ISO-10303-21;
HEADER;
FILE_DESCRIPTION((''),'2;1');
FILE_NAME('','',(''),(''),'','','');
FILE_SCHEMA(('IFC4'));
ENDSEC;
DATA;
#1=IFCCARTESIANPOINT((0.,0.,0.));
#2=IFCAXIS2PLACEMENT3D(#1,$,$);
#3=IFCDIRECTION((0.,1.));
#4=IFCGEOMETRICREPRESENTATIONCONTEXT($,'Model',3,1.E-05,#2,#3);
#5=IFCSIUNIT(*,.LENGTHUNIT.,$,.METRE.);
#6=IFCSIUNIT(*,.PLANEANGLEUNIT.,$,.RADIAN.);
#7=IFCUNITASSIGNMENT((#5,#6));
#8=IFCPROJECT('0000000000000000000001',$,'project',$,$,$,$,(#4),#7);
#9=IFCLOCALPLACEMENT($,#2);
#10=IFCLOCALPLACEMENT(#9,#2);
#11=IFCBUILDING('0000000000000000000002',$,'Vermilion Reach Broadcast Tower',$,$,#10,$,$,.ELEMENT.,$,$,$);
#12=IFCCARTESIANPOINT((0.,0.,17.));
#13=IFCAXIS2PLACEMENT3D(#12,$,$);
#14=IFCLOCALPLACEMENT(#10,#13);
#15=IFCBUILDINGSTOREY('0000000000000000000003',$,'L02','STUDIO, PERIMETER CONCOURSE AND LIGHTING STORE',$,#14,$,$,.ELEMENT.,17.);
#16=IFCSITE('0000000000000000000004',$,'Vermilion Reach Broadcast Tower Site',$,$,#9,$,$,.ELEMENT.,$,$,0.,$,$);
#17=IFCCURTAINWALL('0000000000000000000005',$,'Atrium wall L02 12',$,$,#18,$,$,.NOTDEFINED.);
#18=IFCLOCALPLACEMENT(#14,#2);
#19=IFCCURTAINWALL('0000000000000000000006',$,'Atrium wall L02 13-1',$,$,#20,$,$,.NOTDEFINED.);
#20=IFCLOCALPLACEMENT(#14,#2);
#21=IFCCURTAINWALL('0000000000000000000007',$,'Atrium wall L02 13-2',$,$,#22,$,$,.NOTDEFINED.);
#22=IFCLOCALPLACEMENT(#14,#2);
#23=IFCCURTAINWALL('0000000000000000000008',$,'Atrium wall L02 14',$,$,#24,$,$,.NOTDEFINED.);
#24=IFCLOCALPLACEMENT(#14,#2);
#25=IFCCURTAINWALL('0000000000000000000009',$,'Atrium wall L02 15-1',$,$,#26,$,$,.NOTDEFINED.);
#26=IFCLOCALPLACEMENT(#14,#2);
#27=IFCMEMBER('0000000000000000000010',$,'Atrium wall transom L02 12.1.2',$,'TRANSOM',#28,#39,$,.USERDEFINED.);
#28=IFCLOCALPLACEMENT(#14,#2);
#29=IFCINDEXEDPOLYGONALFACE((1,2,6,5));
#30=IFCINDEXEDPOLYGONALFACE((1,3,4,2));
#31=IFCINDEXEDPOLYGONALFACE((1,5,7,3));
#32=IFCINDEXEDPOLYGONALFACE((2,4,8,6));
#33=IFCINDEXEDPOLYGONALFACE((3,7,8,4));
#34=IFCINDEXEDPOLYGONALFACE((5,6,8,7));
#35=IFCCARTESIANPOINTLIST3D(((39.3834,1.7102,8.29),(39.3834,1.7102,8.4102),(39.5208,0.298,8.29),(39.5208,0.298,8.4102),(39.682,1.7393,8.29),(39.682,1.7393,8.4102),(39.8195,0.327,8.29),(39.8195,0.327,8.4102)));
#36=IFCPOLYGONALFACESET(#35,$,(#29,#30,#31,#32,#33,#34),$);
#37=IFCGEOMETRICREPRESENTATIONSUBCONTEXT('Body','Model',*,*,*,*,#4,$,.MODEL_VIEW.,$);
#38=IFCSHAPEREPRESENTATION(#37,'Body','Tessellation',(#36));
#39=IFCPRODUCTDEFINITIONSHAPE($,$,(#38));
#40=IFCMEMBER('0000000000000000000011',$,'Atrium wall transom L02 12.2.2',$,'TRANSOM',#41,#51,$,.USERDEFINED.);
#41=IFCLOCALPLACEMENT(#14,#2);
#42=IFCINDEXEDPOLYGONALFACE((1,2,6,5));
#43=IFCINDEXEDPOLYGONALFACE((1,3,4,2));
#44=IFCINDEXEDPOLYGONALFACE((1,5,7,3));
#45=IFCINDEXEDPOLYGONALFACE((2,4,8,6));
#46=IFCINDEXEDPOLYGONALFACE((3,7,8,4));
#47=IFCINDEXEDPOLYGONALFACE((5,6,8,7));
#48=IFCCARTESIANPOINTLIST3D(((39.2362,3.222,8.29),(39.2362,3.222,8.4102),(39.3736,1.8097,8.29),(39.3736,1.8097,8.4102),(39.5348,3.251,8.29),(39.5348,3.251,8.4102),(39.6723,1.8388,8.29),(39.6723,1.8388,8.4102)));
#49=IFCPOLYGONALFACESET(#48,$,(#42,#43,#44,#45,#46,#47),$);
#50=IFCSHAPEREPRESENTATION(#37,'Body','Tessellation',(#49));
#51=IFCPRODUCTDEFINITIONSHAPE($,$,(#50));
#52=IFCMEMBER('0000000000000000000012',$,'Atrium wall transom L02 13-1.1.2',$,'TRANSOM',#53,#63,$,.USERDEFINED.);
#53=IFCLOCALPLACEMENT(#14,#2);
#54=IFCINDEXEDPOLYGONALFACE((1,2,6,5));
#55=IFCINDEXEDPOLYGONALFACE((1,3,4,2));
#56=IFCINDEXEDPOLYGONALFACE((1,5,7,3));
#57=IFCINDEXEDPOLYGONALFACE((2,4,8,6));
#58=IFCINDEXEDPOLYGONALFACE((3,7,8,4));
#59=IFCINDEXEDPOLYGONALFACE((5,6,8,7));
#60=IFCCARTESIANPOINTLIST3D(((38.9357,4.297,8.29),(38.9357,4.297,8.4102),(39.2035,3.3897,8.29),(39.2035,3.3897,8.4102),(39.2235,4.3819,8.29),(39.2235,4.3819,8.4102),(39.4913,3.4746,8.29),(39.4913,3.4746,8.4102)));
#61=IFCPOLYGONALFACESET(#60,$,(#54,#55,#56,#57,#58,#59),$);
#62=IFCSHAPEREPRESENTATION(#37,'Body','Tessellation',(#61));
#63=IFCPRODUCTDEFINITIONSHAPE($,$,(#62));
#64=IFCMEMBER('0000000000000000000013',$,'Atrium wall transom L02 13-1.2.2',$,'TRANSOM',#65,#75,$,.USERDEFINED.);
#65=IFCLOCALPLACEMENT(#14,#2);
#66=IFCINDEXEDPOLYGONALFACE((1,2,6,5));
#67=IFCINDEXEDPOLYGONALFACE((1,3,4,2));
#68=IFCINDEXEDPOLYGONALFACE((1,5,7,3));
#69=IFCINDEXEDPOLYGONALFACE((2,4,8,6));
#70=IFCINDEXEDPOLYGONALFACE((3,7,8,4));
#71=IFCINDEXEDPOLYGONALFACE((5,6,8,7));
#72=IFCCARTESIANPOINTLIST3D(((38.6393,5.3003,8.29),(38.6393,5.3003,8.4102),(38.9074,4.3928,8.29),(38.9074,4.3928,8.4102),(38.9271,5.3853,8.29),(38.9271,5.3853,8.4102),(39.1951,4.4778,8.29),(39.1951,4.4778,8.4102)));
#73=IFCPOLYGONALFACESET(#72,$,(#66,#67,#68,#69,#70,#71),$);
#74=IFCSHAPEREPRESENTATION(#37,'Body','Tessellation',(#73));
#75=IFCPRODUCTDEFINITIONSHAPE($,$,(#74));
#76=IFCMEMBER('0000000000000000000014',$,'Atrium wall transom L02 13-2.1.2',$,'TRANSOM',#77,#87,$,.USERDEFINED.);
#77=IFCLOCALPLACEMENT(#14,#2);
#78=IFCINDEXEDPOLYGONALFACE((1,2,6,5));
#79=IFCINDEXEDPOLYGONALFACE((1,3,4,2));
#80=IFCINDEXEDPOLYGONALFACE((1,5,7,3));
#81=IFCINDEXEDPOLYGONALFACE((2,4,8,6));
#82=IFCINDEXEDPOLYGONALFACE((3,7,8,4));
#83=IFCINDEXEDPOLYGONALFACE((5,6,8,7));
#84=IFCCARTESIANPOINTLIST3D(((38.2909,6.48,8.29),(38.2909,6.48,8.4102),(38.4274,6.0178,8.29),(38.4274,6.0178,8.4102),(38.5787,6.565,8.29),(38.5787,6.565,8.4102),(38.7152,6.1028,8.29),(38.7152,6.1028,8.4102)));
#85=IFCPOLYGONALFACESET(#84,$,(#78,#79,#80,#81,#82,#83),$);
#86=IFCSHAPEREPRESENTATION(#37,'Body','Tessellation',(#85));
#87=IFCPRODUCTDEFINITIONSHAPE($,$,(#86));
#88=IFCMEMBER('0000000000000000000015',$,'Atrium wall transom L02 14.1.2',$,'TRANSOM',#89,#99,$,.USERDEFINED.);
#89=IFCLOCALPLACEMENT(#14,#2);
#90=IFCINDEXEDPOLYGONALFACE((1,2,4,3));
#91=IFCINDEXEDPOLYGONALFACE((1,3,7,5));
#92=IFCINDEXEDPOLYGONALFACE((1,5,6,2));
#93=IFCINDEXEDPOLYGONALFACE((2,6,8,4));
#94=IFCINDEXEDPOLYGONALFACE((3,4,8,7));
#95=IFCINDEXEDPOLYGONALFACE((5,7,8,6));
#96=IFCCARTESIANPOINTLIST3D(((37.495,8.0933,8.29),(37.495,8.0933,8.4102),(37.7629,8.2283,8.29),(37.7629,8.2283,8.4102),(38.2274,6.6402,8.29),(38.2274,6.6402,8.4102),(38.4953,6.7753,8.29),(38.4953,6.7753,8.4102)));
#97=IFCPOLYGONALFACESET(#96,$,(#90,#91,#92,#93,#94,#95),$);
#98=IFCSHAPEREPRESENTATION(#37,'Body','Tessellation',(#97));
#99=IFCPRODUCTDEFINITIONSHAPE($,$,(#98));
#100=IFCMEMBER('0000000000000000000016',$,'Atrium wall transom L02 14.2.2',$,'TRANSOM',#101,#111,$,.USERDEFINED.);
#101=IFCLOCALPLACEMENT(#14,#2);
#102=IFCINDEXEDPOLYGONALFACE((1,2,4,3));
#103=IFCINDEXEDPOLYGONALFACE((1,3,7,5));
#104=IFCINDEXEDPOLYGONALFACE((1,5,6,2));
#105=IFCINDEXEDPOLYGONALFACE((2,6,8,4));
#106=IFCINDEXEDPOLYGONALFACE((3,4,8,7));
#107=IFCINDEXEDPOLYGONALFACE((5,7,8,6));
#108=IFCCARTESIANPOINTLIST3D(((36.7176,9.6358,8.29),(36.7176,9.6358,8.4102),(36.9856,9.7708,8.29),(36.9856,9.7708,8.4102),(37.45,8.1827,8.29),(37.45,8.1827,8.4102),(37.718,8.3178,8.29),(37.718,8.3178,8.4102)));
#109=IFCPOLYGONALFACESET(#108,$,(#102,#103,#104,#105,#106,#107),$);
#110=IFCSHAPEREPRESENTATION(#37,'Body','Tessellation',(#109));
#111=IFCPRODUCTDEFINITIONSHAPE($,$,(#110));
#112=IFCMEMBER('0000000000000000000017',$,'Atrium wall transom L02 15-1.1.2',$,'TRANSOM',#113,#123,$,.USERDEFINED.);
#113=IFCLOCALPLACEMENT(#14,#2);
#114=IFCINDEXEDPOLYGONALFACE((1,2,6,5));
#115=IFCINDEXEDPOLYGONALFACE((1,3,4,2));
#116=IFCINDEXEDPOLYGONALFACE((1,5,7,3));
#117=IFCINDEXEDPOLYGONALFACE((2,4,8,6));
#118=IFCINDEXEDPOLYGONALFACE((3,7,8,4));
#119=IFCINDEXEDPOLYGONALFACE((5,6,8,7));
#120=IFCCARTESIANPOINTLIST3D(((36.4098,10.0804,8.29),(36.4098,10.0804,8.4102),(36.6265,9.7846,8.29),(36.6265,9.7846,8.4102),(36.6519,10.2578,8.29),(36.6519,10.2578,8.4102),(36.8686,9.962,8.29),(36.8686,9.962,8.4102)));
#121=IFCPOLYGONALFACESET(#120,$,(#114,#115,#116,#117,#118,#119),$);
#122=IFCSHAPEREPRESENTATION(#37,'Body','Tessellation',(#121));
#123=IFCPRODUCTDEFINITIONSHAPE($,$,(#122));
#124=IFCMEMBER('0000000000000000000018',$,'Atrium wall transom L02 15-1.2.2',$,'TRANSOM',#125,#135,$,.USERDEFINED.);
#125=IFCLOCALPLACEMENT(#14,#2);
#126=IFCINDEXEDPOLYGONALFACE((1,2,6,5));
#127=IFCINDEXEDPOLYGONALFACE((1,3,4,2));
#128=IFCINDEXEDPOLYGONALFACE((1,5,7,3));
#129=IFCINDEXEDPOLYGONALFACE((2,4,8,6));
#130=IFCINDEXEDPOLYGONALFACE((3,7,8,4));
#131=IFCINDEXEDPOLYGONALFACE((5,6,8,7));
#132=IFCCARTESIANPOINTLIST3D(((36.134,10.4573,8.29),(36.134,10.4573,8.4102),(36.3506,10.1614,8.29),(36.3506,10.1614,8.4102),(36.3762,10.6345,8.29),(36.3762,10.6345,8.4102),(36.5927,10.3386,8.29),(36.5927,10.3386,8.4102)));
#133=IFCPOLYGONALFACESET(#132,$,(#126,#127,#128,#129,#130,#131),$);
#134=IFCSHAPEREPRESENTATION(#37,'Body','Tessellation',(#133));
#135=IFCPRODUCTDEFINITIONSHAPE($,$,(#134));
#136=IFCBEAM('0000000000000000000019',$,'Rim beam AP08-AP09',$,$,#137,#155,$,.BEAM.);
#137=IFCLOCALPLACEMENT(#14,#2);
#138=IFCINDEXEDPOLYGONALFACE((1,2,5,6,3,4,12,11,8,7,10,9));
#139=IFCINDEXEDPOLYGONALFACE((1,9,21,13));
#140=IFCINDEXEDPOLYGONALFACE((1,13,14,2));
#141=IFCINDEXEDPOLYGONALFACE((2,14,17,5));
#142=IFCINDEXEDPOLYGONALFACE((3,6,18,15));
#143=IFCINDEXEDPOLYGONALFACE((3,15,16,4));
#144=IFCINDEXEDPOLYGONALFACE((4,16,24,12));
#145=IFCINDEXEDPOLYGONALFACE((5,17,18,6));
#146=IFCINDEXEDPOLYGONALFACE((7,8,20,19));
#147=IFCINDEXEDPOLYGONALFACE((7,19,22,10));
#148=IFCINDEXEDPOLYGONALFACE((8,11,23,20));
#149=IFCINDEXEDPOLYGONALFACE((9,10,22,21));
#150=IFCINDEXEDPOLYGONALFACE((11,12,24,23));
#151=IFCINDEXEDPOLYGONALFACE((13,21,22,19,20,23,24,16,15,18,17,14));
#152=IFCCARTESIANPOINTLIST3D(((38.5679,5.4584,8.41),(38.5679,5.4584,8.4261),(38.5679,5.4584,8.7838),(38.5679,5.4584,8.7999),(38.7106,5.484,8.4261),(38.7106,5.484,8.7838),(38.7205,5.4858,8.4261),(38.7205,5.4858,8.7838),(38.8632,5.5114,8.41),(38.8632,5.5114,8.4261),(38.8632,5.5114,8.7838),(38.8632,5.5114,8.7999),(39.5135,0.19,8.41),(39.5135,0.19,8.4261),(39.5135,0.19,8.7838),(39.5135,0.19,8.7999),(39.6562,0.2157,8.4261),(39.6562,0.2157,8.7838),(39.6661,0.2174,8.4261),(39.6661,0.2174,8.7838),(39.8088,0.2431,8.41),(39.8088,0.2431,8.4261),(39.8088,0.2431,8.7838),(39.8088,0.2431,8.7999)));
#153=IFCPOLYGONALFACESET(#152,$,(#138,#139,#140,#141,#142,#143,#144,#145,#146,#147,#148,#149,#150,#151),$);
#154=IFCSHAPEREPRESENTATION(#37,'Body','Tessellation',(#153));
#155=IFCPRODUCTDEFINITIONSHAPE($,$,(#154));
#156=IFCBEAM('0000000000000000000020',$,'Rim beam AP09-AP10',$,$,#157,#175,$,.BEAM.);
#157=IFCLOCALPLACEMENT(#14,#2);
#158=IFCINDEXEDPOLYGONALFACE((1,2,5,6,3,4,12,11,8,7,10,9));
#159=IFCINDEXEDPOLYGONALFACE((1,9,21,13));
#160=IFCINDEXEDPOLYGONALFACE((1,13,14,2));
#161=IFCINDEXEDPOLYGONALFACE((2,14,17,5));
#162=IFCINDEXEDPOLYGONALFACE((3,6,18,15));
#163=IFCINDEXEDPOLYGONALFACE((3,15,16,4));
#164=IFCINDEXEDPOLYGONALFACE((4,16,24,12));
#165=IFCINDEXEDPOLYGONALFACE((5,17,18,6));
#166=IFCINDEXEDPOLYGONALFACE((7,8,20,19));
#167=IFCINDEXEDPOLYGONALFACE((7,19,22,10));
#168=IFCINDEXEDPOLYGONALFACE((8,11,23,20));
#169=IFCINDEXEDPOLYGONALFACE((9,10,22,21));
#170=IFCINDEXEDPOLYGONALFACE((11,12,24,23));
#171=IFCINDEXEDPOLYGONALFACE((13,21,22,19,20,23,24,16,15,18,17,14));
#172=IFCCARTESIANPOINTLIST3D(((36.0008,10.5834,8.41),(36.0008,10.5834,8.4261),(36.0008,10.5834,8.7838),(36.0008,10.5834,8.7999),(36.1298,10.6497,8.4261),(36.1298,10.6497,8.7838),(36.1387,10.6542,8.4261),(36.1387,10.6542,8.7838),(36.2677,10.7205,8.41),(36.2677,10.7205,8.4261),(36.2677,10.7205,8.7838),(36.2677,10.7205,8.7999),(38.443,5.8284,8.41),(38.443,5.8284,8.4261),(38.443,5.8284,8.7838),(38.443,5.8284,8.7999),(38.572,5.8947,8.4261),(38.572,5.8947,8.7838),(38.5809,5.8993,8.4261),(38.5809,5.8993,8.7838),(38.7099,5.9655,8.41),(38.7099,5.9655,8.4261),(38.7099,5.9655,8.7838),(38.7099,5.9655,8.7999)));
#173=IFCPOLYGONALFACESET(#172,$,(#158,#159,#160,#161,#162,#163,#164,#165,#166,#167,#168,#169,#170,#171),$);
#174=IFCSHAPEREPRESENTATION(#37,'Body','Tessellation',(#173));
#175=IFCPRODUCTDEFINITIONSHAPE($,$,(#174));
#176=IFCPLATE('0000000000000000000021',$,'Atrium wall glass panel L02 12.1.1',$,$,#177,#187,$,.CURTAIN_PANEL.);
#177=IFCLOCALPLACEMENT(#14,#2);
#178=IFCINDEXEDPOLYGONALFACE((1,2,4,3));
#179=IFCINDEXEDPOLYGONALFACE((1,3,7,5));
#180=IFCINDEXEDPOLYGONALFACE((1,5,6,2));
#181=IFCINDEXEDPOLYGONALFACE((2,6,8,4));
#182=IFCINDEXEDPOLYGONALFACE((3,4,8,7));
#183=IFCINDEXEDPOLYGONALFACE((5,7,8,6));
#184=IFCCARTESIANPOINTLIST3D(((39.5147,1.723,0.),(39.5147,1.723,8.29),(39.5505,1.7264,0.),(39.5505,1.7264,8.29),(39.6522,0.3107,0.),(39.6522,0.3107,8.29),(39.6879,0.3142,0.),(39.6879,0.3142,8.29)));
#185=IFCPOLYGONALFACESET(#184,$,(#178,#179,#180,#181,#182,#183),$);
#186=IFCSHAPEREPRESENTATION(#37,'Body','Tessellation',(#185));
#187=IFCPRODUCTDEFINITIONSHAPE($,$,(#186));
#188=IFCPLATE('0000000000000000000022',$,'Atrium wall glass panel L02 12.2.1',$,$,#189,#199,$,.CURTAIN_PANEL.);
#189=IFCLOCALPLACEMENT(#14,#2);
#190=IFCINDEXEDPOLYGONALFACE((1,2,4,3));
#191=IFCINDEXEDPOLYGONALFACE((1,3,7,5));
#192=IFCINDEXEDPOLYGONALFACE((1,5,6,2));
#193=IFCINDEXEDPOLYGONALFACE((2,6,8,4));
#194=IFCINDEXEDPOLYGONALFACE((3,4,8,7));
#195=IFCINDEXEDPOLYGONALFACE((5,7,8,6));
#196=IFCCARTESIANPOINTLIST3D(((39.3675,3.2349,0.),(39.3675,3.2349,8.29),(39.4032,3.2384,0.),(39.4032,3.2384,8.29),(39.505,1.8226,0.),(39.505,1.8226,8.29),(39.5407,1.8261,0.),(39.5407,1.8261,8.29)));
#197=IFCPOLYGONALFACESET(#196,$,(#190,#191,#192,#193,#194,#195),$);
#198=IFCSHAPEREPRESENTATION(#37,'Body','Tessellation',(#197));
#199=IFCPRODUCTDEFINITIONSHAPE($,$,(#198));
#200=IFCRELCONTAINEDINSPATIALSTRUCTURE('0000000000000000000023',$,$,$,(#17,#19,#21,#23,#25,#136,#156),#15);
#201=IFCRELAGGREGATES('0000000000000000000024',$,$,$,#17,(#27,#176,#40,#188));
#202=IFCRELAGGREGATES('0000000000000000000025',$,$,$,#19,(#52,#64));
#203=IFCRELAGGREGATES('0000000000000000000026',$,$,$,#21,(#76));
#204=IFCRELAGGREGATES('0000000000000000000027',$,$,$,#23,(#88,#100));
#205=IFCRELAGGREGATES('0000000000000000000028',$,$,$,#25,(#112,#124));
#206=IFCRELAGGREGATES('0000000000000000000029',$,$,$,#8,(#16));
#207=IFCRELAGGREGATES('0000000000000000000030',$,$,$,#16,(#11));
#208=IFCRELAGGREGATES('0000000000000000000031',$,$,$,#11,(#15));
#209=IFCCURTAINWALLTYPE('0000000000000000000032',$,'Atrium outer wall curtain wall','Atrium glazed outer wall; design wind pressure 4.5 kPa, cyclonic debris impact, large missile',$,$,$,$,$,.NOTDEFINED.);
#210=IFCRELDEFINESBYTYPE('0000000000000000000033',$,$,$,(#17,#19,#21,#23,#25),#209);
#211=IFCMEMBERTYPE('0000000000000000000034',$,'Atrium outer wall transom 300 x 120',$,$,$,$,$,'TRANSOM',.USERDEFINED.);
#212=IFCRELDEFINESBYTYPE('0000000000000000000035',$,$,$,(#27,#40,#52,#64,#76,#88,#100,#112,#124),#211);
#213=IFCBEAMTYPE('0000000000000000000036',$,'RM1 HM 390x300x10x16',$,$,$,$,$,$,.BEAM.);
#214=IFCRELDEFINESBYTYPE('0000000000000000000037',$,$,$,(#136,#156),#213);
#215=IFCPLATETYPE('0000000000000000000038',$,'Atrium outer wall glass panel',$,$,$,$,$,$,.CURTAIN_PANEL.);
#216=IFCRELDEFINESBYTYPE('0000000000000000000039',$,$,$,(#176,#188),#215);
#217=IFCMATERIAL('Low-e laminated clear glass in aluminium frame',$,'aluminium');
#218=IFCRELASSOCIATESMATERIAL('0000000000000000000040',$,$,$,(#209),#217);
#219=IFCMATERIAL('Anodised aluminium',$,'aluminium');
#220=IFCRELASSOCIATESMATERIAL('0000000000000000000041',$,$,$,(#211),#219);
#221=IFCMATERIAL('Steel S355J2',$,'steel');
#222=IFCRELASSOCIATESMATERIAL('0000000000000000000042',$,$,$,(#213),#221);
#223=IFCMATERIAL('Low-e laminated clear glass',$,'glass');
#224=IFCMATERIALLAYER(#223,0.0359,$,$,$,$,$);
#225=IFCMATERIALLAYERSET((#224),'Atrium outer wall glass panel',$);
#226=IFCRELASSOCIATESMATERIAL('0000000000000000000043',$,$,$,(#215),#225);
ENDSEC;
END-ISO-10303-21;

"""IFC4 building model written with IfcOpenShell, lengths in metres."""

from ifc_helpers import new_model, si_unit, direction, frame, origin, origin_2d, place, context, subcontext, project, spatial, rectangle, i_section, extrude, material, layer, layer_set, material_profile, profile_set, type_object, element, aggregate, save


model = new_model("IFC4")

# Units and contexts
model_context = context("Model", 3, precision=1e-05, world=origin(), true_north=direction((0.0, 1.0)))
body_context = subcontext(model_context, "Body", "Model", "MODEL_VIEW")
ifc_project = project(units=[si_unit("LENGTHUNIT", "METRE"), si_unit("PLANEANGLEUNIT", "RADIAN")], contexts=[model_context])

# Site, building, storey
site_placement = place(None, origin())
site = spatial("IfcSite", under=ifc_project, at=site_placement, Name="Vermilion Reach Broadcast Tower Site", CompositionType="ELEMENT", RefElevation=0.0)
building_placement = place(site_placement, origin())
building = spatial("IfcBuilding", under=site, at=building_placement, Name="Vermilion Reach Broadcast Tower", CompositionType="ELEMENT")
storey_placement = place(building_placement, frame((0.0, 0.0, 17.0)))
storey = spatial("IfcBuildingStorey", under=building, at=storey_placement, Name="L02", Description="STUDIO, PERIMETER CONCOURSE AND LIGHTING STORE", CompositionType="ELEMENT", Elevation=17.0)

# Curtain walls
ifc_material_1 = material(Name="Low-e laminated clear glass in aluminium frame", Category="aluminium")
curtain_wall_type = type_object("IfcCurtainWallType", Name="Atrium outer wall curtain wall", Description="Atrium glazed outer wall; design wind pressure 4.5 kPa, cyclonic debris impact, large missile", PredefinedType="NOTDEFINED", material=ifc_material_1)
placement = place(storey_placement, origin())
curtain_wall_1 = element("IfcCurtainWall", 1, at=placement, inside=storey, type_object=curtain_wall_type, Name="Atrium wall L02 12", PredefinedType="NOTDEFINED")
curtain_wall_2 = element("IfcCurtainWall", 2, at=placement, inside=storey, type_object=curtain_wall_type, Name="Atrium wall L02 13-1", PredefinedType="NOTDEFINED")
curtain_wall_3 = element("IfcCurtainWall", 3, at=placement, inside=storey, type_object=curtain_wall_type, Name="Atrium wall L02 13-2", PredefinedType="NOTDEFINED")
curtain_wall_4 = element("IfcCurtainWall", 4, at=placement, inside=storey, type_object=curtain_wall_type, Name="Atrium wall L02 14", PredefinedType="NOTDEFINED")
curtain_wall_5 = element("IfcCurtainWall", 5, at=placement, inside=storey, type_object=curtain_wall_type, Name="Atrium wall L02 15-1", PredefinedType="NOTDEFINED")

# Members
ifc_material_2 = material(Name="Anodised aluminium", Category="aluminium")
ifc_material_profile_1 = material_profile(ifc_material_2, rectangle(XDim=0.3, YDim=0.1201, at=origin_2d()), Name="Atrium outer wall transom 300 x 120")
ifc_profile_set_1 = profile_set([ifc_material_profile_1], Name="Anodised aluminium")
member_type_1 = type_object("IfcMemberType", Name="Atrium outer wall transom 300 x 120", ElementType="TRANSOM", PredefinedType="USERDEFINED", material=ifc_profile_set_1)
member_1_placement = place(storey_placement, frame((39.6702, 0.3125, 8.3501), z_axis=(-0.096863, 0.995298, 0.0), x_axis=(-0.995298, -0.096863, 0.0)))
member_1 = element("IfcMember", 6, at=member_1_placement, type_object=member_type_1, Name="Atrium wall transom L02 12.1.2", ObjectType="TRANSOM", PredefinedType="USERDEFINED", context=body_context, shape_type="SweptSolid", body=[
    extrude(rectangle(XDim=0.3, YDim=0.1201, at=origin_2d()), origin(), (0.0, 0.0, 1.0), 1.4189),
])
member_2_placement = place(storey_placement, frame((39.5229, 1.8242, 8.3501), z_axis=(-0.096863, 0.995298, 0.0), x_axis=(-0.995298, -0.096863, 0.0)))
member_2 = element("IfcMember", 7, at=member_2_placement, type_object=member_type_1, Name="Atrium wall transom L02 12.2.2", ObjectType="TRANSOM", PredefinedType="USERDEFINED", context=body_context, shape_type="SweptSolid", body=[
    extrude(rectangle(XDim=0.3, YDim=0.1201, at=origin_2d()), origin(), (0.0, 0.0, 1.0), 1.4189),
])
member_3_placement = place(storey_placement, frame((39.3474, 3.4321, 8.3501), z_axis=(-0.28306, 0.959102, 0.0), x_axis=(-0.959102, -0.28306, 0.0)))
member_3 = element("IfcMember", 8, at=member_3_placement, type_object=member_type_1, Name="Atrium wall transom L02 13-1.1.2", ObjectType="TRANSOM", PredefinedType="USERDEFINED", context=body_context, shape_type="SweptSolid", body=[
    extrude(rectangle(XDim=0.3, YDim=0.1201, at=origin_2d()), origin(), (0.0, 0.0, 1.0), 0.946),
])
member_4_placement = place(storey_placement, frame((39.0513, 4.4353, 8.3501), z_axis=(-0.283298, 0.959032, 0.0), x_axis=(-0.959032, -0.283298, 0.0)))
member_4 = element("IfcMember", 9, at=member_4_placement, type_object=member_type_1, Name="Atrium wall transom L02 13-1.2.2", ObjectType="TRANSOM", PredefinedType="USERDEFINED", context=body_context, shape_type="SweptSolid", body=[
    extrude(rectangle(XDim=0.3, YDim=0.1201, at=origin_2d()), origin(), (0.0, 0.0, 1.0), 0.9463),
])
member_5_placement = place(storey_placement, frame((38.5713, 6.0603, 8.3501), z_axis=(-0.283208, 0.959058, 0.0), x_axis=(-0.959058, -0.283208, 0.0)))
member_5 = element("IfcMember", 10, at=member_5_placement, type_object=member_type_1, Name="Atrium wall transom L02 13-2.1.2", ObjectType="TRANSOM", PredefinedType="USERDEFINED", context=body_context, shape_type="SweptSolid", body=[
    extrude(rectangle(XDim=0.3, YDim=0.1201, at=origin_2d()), origin(), (0.0, 0.0, 1.0), 0.4819),
])
member_6_placement = place(storey_placement, frame((38.3613, 6.7078, 8.3501), z_axis=(-0.450092, 0.892982, 0.0), x_axis=(-0.892982, -0.450092, 0.0)))
member_6 = element("IfcMember", 11, at=member_6_placement, type_object=member_type_1, Name="Atrium wall transom L02 14.1.2", ObjectType="TRANSOM", PredefinedType="USERDEFINED", context=body_context, shape_type="SweptSolid", body=[
    extrude(rectangle(XDim=0.3, YDim=0.1201, at=origin_2d()), origin(), (0.0, 0.0, 1.0), 1.6272),
])
member_7_placement = place(storey_placement, frame((37.584, 8.2502, 8.3501), z_axis=(-0.450092, 0.892982, 0.0), x_axis=(-0.892982, -0.450092, 0.0)))
member_7 = element("IfcMember", 12, at=member_7_placement, type_object=member_type_1, Name="Atrium wall transom L02 14.2.2", ObjectType="TRANSOM", PredefinedType="USERDEFINED", context=body_context, shape_type="SweptSolid", body=[
    extrude(rectangle(XDim=0.3, YDim=0.1201, at=origin_2d()), origin(), (0.0, 0.0, 1.0), 1.6272),
])
member_8_placement = place(storey_placement, frame((36.7476, 9.8733, 8.3501), z_axis=(-0.591017, 0.806659, 0.0), x_axis=(-0.806659, -0.591017, 0.0)))
member_8 = element("IfcMember", 13, at=member_8_placement, type_object=member_type_1, Name="Atrium wall transom L02 15-1.1.2", ObjectType="TRANSOM", PredefinedType="USERDEFINED", context=body_context, shape_type="SweptSolid", body=[
    extrude(rectangle(XDim=0.3, YDim=0.1201, at=origin_2d()), origin(), (0.0, 0.0, 1.0), 0.3667),
])
member_9_placement = place(storey_placement, frame((36.4717, 10.25, 8.3501), z_axis=(-0.590584, 0.806976, 0.0), x_axis=(-0.806976, -0.590584, 0.0)))
member_9 = element("IfcMember", 14, at=member_9_placement, type_object=member_type_1, Name="Atrium wall transom L02 15-1.2.2", ObjectType="TRANSOM", PredefinedType="USERDEFINED", context=body_context, shape_type="SweptSolid", body=[
    extrude(rectangle(XDim=0.3, YDim=0.1201, at=origin_2d()), origin(), (0.0, 0.0, 1.0), 0.3667),
])

# Beams
ifc_material_3 = material(Name="Steel S355J2", Category="steel")
ifc_material_profile_2 = material_profile(ifc_material_3, i_section(OverallWidth=0.3, OverallDepth=0.3899, WebThickness=0.01, FlangeThickness=0.0161, at=origin_2d()), Name="S355J2 HM 390x300x10x16")
ifc_profile_set_2 = profile_set([ifc_material_profile_2], Name="Steel S355J2")
beam_type = type_object("IfcBeamType", Name="RM1 HM 390x300x10x16", PredefinedType="BEAM", material=ifc_profile_set_2)
beam_1_placement = place(storey_placement, frame((39.6611, 0.2166, 8.605), z_axis=(-0.176657, 0.984272, 0.0), x_axis=(-0.984272, -0.176657, 0.0)))
element("IfcBeam", 15, at=beam_1_placement, inside=storey, type_object=beam_type, Name="Rim beam AP08-AP09", PredefinedType="BEAM", context=body_context, shape_type="SweptSolid", body=[
    extrude(i_section(OverallWidth=0.3, OverallDepth=0.3899, WebThickness=0.01, FlangeThickness=0.0161, at=origin_2d()), origin(), (0.0, 0.0, 1.0), 5.3525),
])
beam_2_placement = place(storey_placement, frame((38.5764, 5.897, 8.605), z_axis=(-0.45687, 0.889533, 0.0), x_axis=(-0.889533, -0.45687, 0.0)))
element("IfcBeam", 16, at=beam_2_placement, inside=storey, type_object=beam_type, Name="Rim beam AP09-AP10", PredefinedType="BEAM", context=body_context, shape_type="SweptSolid", body=[
    extrude(i_section(OverallWidth=0.3, OverallDepth=0.3899, WebThickness=0.01, FlangeThickness=0.0161, at=origin_2d()), origin(), (0.0, 0.0, 1.0), 5.3455),
])

# Plates
ifc_material_4 = material(Name="Low-e laminated clear glass", Category="glass")
ifc_layer = layer(ifc_material_4, 0.0359)
ifc_layer_set = layer_set([ifc_layer], Name="Atrium outer wall glass panel")
plate_type = type_object("IfcPlateType", Name="Atrium outer wall glass panel", PredefinedType="CURTAIN_PANEL", material=ifc_layer_set)
plate_1_placement = place(storey_placement, frame((39.6013, 1.0186, 0.0), z_axis=(0.0, 0.0, 1.0), x_axis=(-0.096861, 0.995298, 0.0)))
plate_1 = element("IfcPlate", 17, at=plate_1_placement, type_object=plate_type, Name="Atrium wall glass panel L02 12.1.1", PredefinedType="CURTAIN_PANEL", context=body_context, shape_type="SweptSolid", body=[
    extrude(rectangle(XDim=1.4189, YDim=0.0359, at=origin_2d()), origin(), (0.0, 0.0, 1.0), 8.29),
])
plate_2_placement = place(storey_placement, frame((39.4541, 2.5305, 0.0), z_axis=(0.0, 0.0, 1.0), x_axis=(-0.096861, 0.995298, 0.0)))
plate_2 = element("IfcPlate", 18, at=plate_2_placement, type_object=plate_type, Name="Atrium wall glass panel L02 12.2.1", PredefinedType="CURTAIN_PANEL", context=body_context, shape_type="SweptSolid", body=[
    extrude(rectangle(XDim=1.4189, YDim=0.0359, at=origin_2d()), origin(), (0.0, 0.0, 1.0), 8.29),
])
aggregate(curtain_wall_1, [member_1, plate_1, member_2, plate_2])
aggregate(curtain_wall_2, [member_3, member_4])
aggregate(curtain_wall_3, [member_5])
aggregate(curtain_wall_4, [member_6, member_7])
aggregate(curtain_wall_5, [member_8, member_9])

save(model, "model.ifc")
